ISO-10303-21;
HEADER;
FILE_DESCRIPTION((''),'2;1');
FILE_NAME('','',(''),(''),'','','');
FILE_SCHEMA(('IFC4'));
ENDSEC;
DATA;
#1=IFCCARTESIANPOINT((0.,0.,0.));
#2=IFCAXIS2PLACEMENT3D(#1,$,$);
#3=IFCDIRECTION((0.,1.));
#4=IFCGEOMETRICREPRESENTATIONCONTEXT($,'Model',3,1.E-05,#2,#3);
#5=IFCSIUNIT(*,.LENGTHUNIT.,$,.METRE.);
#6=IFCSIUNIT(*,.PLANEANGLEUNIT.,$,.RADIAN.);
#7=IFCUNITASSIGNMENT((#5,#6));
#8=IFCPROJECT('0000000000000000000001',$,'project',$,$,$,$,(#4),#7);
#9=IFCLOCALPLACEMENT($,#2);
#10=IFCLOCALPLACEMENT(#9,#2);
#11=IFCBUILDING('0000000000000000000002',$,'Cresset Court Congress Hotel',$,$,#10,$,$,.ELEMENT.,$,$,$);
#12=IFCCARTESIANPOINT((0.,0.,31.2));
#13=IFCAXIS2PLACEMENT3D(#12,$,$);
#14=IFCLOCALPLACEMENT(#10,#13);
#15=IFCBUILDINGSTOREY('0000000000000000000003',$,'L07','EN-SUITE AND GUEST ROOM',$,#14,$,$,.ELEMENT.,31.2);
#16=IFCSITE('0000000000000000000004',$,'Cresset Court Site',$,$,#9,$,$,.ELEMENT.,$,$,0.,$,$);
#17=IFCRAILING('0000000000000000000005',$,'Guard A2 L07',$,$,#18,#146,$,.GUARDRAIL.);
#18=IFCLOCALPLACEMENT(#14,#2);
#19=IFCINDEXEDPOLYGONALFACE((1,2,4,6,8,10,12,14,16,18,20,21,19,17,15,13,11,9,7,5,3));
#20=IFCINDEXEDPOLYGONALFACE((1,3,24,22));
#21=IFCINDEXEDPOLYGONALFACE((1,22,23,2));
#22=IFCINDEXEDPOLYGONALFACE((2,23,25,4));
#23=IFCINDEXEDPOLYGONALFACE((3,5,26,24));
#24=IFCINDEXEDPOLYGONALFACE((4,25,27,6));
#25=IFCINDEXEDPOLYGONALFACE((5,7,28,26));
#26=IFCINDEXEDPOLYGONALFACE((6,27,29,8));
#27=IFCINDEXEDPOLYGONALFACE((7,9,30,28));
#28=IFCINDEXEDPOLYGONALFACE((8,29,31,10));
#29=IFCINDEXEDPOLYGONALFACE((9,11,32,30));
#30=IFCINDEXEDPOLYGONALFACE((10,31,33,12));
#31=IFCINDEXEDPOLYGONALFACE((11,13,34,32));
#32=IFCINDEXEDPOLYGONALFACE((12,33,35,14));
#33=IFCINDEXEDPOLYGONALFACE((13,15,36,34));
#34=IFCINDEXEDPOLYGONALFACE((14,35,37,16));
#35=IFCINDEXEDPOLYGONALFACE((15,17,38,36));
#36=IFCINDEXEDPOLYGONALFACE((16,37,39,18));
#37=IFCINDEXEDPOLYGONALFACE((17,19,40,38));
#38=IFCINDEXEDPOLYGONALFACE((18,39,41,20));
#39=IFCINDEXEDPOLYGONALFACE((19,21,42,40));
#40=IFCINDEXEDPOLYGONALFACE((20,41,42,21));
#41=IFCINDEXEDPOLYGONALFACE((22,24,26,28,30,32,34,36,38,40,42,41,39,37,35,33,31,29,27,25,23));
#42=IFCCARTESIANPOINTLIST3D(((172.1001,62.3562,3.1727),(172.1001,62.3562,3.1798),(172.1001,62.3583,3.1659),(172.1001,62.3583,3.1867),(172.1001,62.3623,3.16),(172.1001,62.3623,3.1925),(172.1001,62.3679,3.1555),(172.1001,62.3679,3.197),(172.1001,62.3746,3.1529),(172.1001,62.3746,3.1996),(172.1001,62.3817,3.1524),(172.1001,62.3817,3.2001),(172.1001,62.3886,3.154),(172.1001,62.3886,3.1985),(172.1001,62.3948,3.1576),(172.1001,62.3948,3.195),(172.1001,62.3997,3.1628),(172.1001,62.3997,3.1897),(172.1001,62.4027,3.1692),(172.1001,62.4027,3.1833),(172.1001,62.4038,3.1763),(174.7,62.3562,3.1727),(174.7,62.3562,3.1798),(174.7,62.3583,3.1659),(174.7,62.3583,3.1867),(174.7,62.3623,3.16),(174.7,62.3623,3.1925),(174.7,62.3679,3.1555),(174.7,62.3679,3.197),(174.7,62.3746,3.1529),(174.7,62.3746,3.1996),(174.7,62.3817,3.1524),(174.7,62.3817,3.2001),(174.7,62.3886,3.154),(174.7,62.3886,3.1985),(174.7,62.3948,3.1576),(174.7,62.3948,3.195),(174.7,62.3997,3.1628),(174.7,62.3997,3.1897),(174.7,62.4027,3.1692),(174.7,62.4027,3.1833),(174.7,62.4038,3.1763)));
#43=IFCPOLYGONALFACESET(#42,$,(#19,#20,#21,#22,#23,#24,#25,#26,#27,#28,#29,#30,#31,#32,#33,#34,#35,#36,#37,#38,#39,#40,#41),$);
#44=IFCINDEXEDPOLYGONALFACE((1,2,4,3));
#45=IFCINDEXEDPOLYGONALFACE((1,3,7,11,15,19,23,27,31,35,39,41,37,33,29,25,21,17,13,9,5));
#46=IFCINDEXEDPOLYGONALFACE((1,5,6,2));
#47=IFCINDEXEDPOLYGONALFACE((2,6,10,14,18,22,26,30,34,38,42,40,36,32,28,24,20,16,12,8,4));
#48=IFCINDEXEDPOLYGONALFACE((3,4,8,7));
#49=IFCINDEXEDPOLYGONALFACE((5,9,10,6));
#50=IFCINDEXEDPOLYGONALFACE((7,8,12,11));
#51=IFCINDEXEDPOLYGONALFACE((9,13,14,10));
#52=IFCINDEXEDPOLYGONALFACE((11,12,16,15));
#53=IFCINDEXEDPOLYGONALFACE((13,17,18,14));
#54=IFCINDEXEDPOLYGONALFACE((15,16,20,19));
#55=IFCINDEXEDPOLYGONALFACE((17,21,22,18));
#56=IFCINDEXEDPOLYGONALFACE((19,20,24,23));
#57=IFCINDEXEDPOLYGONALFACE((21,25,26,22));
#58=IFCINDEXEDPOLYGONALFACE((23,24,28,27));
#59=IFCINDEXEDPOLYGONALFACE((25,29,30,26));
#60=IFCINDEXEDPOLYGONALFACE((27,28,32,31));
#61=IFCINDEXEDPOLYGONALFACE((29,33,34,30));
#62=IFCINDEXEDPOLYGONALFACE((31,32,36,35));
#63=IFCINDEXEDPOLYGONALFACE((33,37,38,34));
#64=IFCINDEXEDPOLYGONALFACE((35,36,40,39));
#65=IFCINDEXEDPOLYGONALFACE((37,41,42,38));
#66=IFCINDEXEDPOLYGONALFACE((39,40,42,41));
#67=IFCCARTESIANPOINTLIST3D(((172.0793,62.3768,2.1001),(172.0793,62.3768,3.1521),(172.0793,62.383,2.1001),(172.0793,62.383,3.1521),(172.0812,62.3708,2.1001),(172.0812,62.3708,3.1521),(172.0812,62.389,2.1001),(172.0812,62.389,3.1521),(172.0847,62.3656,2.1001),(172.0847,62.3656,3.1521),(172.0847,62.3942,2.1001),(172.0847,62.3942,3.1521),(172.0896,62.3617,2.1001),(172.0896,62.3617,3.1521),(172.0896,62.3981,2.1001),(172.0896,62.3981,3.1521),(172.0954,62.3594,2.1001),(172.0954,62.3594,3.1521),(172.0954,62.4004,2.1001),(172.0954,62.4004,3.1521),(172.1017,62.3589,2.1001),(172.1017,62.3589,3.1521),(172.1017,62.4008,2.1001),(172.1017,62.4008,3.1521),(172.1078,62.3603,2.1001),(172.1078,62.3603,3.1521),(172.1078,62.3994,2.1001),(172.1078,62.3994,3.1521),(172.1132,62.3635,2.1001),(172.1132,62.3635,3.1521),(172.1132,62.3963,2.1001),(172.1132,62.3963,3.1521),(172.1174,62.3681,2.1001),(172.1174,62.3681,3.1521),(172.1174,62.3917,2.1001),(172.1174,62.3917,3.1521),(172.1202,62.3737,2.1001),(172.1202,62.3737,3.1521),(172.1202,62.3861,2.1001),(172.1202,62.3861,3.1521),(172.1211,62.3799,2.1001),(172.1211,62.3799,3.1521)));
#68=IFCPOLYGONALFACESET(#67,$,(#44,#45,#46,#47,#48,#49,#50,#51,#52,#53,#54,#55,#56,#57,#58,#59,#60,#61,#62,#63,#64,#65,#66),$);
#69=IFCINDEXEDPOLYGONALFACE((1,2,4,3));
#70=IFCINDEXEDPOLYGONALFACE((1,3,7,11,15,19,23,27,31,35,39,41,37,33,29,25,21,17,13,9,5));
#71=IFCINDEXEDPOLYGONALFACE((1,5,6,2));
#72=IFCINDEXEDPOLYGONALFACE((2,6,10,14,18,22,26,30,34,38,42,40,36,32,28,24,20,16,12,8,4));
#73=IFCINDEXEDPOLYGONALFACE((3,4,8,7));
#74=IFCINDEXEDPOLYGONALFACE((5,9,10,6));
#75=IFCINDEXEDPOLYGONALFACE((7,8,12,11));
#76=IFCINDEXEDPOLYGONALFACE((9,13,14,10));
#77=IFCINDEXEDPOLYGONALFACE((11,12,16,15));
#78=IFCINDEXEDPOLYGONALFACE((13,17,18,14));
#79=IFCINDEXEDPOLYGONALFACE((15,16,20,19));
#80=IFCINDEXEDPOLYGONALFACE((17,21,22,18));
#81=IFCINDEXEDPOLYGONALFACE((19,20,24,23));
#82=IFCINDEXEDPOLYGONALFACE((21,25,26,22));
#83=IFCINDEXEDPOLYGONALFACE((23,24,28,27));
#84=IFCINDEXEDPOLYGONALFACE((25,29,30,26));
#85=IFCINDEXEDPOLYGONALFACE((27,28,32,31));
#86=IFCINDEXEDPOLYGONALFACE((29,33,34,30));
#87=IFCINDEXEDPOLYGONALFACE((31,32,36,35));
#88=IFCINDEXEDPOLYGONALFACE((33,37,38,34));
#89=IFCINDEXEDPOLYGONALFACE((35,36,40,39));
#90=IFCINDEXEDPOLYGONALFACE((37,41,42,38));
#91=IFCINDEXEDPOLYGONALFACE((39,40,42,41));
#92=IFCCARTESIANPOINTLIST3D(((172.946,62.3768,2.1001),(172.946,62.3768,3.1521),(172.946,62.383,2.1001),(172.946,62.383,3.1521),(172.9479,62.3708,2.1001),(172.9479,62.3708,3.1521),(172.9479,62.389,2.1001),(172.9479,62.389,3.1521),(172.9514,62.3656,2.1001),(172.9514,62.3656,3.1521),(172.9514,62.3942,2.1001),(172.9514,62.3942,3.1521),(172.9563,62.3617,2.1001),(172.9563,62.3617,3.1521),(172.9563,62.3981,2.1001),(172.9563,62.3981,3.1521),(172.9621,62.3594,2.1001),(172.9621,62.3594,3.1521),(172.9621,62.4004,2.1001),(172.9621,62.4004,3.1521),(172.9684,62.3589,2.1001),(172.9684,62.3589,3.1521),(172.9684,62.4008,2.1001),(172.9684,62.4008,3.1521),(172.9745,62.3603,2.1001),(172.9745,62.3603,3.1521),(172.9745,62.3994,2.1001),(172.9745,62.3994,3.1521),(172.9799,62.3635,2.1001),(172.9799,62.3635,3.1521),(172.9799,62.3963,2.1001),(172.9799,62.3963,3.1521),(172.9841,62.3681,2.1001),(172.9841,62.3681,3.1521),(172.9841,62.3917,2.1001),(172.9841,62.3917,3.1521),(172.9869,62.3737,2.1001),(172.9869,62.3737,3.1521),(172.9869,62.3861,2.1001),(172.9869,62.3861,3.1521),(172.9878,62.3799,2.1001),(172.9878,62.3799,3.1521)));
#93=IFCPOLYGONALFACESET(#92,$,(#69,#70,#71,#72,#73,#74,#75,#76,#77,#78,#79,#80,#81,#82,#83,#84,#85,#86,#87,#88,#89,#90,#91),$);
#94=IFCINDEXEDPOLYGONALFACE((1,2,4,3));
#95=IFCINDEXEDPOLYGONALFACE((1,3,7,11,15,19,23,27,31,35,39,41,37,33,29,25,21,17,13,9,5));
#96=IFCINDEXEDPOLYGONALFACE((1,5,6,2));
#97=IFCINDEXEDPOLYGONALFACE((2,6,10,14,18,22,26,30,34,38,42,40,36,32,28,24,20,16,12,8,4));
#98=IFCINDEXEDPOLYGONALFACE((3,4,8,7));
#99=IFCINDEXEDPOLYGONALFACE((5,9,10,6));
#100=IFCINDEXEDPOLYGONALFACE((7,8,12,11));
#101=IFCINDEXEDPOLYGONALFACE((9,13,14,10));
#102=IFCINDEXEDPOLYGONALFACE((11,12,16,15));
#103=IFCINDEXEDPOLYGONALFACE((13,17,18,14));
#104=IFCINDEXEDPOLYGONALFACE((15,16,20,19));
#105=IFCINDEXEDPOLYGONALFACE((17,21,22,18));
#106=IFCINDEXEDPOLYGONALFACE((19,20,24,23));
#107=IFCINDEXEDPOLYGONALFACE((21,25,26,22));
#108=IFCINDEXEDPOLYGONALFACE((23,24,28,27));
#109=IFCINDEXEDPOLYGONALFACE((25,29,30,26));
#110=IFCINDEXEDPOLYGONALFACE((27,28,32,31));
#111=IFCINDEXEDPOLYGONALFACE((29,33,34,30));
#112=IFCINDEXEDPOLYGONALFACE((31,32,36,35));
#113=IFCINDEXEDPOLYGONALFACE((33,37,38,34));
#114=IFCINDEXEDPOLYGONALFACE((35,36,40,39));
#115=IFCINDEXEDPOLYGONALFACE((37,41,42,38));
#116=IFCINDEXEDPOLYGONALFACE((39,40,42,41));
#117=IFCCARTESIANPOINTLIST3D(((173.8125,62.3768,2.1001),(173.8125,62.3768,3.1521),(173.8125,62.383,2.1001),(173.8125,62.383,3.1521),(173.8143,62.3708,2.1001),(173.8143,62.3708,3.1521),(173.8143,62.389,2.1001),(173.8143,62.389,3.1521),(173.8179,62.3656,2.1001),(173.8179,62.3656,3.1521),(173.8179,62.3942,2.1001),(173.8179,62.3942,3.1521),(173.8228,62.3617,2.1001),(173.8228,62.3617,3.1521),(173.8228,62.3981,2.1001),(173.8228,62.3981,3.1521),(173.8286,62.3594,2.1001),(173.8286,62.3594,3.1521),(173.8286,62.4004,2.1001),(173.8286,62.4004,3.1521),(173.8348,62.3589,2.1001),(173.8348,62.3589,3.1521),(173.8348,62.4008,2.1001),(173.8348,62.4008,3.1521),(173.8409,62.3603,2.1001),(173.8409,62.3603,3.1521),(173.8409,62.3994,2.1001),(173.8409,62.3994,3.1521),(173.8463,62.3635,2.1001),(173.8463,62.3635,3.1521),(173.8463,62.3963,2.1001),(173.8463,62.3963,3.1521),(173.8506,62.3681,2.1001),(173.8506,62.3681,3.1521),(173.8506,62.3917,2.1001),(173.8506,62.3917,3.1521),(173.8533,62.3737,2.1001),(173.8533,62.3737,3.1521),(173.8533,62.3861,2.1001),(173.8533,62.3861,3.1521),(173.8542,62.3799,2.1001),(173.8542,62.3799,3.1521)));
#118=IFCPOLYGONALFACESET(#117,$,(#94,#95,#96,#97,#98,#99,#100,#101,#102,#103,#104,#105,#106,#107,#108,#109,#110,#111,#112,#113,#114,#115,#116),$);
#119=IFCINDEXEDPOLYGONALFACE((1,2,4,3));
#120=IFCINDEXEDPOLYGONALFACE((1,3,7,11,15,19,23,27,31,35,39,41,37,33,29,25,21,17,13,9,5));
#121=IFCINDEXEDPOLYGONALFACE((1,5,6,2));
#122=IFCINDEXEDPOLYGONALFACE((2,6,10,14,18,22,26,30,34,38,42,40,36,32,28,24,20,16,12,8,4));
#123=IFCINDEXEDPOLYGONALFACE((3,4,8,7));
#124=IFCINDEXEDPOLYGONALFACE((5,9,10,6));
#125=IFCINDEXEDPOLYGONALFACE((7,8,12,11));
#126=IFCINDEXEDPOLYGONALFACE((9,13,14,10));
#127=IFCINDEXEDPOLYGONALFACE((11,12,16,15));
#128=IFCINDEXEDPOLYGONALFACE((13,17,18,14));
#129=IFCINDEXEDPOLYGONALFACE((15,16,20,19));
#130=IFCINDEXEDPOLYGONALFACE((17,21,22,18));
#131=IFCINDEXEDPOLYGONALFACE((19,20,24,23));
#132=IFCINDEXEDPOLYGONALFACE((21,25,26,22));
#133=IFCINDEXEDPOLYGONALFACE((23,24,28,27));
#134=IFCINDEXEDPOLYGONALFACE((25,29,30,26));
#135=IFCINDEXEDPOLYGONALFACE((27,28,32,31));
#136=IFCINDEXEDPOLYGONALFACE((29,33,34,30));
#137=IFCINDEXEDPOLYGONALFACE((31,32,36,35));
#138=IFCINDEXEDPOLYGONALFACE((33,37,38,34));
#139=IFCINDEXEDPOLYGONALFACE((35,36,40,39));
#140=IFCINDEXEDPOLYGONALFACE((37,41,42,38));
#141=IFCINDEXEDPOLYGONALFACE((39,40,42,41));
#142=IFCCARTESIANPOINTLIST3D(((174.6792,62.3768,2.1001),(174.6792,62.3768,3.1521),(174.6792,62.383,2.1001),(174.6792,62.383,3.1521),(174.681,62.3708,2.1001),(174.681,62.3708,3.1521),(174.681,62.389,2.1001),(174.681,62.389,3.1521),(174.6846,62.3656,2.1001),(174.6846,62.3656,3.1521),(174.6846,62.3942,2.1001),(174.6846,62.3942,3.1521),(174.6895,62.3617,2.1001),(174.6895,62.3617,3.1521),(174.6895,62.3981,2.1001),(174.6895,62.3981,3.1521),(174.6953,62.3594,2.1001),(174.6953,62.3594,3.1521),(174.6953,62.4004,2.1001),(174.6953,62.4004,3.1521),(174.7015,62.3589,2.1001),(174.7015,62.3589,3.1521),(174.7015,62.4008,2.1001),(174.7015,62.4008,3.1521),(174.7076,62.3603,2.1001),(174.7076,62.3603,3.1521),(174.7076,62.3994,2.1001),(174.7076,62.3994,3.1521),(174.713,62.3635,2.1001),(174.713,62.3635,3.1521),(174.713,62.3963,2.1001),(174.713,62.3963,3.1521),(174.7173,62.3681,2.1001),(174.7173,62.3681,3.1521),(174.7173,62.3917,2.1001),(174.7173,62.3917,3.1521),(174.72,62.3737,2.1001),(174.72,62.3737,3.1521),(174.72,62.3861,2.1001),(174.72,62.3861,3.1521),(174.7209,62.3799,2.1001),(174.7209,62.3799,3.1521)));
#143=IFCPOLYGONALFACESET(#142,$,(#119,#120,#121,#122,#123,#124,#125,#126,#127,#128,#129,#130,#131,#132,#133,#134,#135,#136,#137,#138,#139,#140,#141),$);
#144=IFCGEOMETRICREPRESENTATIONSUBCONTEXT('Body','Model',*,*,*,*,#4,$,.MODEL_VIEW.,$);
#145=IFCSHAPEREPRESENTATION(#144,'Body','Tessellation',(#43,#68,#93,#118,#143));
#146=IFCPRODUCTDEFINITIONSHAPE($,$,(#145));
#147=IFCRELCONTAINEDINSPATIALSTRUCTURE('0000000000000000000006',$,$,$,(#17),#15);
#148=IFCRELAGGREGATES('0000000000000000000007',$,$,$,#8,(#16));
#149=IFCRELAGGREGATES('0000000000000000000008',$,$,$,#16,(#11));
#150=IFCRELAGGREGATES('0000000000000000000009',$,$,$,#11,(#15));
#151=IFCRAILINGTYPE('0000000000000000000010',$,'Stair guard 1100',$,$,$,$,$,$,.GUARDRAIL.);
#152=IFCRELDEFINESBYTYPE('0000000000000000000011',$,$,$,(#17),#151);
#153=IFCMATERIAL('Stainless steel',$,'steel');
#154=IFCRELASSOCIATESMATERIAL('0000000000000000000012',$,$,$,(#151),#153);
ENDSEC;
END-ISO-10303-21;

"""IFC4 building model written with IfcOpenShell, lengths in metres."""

from ifc_helpers import new_model, si_unit, direction, frame, origin, origin_2d, place, context, subcontext, project, spatial, circle, extrude, material, type_object, element, save


model = new_model("IFC4")

# Units and contexts
model_context = context("Model", 3, precision=1e-05, world=origin(), true_north=direction((0.0, 1.0)))
body_context = subcontext(model_context, "Body", "Model", "MODEL_VIEW")
ifc_project = project(units=[si_unit("LENGTHUNIT", "METRE"), si_unit("PLANEANGLEUNIT", "RADIAN")], contexts=[model_context])

# Site, building, storey
site_placement = place(None, origin())
site = spatial("IfcSite", under=ifc_project, at=site_placement, Name="Cresset Court Site", CompositionType="ELEMENT", RefElevation=0.0)
building_placement = place(site_placement, origin())
building = spatial("IfcBuilding", under=site, at=building_placement, Name="Cresset Court Congress Hotel", CompositionType="ELEMENT")
storey_placement = place(building_placement, frame((0.0, 0.0, 31.2)))
storey = spatial("IfcBuildingStorey", under=building, at=storey_placement, Name="L07", Description="EN-SUITE AND GUEST ROOM", CompositionType="ELEMENT", Elevation=31.2)

# Railing
ifc_material_1 = material(Name="Stainless steel", Category="steel")
railing_type_1 = type_object("IfcRailingType", Name="Stair guard 1100", PredefinedType="GUARDRAIL", material=ifc_material_1)
for number, where, name in (
    (1, (172.1001, 62.3799, 2.1001), "Guard A2 L07"),
):
    element("IfcRailing", number, at=place(storey_placement, frame(where)), inside=storey, type_object=railing_type_1, Name=name, PredefinedType="GUARDRAIL", context=body_context, shape_type="SweptSolid", body=[
        extrude(circle(Radius=0.0239, at=origin_2d()), frame((0.0, 0.0, 1.0762), z_axis=(1.0, 0.0, 0.0), x_axis=(0.0, 1.0, 0.0)), (0.0, 0.0, 1.0), 2.5999),
        extrude(circle(Radius=0.021, at=origin_2d()), origin(), (0.0, 0.0, 1.0), 1.052),
        extrude(circle(Radius=0.021, at=origin_2d()), frame((0.8667, 0.0, 0.0)), (0.0, 0.0, 1.0), 1.052),
        extrude(circle(Radius=0.021, at=origin_2d()), frame((1.7332, 0.0, 0.0)), (0.0, 0.0, 1.0), 1.052),
        extrude(circle(Radius=0.021, at=origin_2d()), frame((2.5999, 0.0, 0.0)), (0.0, 0.0, 1.0), 1.052),
    ])

save(model, "model.ifc")
